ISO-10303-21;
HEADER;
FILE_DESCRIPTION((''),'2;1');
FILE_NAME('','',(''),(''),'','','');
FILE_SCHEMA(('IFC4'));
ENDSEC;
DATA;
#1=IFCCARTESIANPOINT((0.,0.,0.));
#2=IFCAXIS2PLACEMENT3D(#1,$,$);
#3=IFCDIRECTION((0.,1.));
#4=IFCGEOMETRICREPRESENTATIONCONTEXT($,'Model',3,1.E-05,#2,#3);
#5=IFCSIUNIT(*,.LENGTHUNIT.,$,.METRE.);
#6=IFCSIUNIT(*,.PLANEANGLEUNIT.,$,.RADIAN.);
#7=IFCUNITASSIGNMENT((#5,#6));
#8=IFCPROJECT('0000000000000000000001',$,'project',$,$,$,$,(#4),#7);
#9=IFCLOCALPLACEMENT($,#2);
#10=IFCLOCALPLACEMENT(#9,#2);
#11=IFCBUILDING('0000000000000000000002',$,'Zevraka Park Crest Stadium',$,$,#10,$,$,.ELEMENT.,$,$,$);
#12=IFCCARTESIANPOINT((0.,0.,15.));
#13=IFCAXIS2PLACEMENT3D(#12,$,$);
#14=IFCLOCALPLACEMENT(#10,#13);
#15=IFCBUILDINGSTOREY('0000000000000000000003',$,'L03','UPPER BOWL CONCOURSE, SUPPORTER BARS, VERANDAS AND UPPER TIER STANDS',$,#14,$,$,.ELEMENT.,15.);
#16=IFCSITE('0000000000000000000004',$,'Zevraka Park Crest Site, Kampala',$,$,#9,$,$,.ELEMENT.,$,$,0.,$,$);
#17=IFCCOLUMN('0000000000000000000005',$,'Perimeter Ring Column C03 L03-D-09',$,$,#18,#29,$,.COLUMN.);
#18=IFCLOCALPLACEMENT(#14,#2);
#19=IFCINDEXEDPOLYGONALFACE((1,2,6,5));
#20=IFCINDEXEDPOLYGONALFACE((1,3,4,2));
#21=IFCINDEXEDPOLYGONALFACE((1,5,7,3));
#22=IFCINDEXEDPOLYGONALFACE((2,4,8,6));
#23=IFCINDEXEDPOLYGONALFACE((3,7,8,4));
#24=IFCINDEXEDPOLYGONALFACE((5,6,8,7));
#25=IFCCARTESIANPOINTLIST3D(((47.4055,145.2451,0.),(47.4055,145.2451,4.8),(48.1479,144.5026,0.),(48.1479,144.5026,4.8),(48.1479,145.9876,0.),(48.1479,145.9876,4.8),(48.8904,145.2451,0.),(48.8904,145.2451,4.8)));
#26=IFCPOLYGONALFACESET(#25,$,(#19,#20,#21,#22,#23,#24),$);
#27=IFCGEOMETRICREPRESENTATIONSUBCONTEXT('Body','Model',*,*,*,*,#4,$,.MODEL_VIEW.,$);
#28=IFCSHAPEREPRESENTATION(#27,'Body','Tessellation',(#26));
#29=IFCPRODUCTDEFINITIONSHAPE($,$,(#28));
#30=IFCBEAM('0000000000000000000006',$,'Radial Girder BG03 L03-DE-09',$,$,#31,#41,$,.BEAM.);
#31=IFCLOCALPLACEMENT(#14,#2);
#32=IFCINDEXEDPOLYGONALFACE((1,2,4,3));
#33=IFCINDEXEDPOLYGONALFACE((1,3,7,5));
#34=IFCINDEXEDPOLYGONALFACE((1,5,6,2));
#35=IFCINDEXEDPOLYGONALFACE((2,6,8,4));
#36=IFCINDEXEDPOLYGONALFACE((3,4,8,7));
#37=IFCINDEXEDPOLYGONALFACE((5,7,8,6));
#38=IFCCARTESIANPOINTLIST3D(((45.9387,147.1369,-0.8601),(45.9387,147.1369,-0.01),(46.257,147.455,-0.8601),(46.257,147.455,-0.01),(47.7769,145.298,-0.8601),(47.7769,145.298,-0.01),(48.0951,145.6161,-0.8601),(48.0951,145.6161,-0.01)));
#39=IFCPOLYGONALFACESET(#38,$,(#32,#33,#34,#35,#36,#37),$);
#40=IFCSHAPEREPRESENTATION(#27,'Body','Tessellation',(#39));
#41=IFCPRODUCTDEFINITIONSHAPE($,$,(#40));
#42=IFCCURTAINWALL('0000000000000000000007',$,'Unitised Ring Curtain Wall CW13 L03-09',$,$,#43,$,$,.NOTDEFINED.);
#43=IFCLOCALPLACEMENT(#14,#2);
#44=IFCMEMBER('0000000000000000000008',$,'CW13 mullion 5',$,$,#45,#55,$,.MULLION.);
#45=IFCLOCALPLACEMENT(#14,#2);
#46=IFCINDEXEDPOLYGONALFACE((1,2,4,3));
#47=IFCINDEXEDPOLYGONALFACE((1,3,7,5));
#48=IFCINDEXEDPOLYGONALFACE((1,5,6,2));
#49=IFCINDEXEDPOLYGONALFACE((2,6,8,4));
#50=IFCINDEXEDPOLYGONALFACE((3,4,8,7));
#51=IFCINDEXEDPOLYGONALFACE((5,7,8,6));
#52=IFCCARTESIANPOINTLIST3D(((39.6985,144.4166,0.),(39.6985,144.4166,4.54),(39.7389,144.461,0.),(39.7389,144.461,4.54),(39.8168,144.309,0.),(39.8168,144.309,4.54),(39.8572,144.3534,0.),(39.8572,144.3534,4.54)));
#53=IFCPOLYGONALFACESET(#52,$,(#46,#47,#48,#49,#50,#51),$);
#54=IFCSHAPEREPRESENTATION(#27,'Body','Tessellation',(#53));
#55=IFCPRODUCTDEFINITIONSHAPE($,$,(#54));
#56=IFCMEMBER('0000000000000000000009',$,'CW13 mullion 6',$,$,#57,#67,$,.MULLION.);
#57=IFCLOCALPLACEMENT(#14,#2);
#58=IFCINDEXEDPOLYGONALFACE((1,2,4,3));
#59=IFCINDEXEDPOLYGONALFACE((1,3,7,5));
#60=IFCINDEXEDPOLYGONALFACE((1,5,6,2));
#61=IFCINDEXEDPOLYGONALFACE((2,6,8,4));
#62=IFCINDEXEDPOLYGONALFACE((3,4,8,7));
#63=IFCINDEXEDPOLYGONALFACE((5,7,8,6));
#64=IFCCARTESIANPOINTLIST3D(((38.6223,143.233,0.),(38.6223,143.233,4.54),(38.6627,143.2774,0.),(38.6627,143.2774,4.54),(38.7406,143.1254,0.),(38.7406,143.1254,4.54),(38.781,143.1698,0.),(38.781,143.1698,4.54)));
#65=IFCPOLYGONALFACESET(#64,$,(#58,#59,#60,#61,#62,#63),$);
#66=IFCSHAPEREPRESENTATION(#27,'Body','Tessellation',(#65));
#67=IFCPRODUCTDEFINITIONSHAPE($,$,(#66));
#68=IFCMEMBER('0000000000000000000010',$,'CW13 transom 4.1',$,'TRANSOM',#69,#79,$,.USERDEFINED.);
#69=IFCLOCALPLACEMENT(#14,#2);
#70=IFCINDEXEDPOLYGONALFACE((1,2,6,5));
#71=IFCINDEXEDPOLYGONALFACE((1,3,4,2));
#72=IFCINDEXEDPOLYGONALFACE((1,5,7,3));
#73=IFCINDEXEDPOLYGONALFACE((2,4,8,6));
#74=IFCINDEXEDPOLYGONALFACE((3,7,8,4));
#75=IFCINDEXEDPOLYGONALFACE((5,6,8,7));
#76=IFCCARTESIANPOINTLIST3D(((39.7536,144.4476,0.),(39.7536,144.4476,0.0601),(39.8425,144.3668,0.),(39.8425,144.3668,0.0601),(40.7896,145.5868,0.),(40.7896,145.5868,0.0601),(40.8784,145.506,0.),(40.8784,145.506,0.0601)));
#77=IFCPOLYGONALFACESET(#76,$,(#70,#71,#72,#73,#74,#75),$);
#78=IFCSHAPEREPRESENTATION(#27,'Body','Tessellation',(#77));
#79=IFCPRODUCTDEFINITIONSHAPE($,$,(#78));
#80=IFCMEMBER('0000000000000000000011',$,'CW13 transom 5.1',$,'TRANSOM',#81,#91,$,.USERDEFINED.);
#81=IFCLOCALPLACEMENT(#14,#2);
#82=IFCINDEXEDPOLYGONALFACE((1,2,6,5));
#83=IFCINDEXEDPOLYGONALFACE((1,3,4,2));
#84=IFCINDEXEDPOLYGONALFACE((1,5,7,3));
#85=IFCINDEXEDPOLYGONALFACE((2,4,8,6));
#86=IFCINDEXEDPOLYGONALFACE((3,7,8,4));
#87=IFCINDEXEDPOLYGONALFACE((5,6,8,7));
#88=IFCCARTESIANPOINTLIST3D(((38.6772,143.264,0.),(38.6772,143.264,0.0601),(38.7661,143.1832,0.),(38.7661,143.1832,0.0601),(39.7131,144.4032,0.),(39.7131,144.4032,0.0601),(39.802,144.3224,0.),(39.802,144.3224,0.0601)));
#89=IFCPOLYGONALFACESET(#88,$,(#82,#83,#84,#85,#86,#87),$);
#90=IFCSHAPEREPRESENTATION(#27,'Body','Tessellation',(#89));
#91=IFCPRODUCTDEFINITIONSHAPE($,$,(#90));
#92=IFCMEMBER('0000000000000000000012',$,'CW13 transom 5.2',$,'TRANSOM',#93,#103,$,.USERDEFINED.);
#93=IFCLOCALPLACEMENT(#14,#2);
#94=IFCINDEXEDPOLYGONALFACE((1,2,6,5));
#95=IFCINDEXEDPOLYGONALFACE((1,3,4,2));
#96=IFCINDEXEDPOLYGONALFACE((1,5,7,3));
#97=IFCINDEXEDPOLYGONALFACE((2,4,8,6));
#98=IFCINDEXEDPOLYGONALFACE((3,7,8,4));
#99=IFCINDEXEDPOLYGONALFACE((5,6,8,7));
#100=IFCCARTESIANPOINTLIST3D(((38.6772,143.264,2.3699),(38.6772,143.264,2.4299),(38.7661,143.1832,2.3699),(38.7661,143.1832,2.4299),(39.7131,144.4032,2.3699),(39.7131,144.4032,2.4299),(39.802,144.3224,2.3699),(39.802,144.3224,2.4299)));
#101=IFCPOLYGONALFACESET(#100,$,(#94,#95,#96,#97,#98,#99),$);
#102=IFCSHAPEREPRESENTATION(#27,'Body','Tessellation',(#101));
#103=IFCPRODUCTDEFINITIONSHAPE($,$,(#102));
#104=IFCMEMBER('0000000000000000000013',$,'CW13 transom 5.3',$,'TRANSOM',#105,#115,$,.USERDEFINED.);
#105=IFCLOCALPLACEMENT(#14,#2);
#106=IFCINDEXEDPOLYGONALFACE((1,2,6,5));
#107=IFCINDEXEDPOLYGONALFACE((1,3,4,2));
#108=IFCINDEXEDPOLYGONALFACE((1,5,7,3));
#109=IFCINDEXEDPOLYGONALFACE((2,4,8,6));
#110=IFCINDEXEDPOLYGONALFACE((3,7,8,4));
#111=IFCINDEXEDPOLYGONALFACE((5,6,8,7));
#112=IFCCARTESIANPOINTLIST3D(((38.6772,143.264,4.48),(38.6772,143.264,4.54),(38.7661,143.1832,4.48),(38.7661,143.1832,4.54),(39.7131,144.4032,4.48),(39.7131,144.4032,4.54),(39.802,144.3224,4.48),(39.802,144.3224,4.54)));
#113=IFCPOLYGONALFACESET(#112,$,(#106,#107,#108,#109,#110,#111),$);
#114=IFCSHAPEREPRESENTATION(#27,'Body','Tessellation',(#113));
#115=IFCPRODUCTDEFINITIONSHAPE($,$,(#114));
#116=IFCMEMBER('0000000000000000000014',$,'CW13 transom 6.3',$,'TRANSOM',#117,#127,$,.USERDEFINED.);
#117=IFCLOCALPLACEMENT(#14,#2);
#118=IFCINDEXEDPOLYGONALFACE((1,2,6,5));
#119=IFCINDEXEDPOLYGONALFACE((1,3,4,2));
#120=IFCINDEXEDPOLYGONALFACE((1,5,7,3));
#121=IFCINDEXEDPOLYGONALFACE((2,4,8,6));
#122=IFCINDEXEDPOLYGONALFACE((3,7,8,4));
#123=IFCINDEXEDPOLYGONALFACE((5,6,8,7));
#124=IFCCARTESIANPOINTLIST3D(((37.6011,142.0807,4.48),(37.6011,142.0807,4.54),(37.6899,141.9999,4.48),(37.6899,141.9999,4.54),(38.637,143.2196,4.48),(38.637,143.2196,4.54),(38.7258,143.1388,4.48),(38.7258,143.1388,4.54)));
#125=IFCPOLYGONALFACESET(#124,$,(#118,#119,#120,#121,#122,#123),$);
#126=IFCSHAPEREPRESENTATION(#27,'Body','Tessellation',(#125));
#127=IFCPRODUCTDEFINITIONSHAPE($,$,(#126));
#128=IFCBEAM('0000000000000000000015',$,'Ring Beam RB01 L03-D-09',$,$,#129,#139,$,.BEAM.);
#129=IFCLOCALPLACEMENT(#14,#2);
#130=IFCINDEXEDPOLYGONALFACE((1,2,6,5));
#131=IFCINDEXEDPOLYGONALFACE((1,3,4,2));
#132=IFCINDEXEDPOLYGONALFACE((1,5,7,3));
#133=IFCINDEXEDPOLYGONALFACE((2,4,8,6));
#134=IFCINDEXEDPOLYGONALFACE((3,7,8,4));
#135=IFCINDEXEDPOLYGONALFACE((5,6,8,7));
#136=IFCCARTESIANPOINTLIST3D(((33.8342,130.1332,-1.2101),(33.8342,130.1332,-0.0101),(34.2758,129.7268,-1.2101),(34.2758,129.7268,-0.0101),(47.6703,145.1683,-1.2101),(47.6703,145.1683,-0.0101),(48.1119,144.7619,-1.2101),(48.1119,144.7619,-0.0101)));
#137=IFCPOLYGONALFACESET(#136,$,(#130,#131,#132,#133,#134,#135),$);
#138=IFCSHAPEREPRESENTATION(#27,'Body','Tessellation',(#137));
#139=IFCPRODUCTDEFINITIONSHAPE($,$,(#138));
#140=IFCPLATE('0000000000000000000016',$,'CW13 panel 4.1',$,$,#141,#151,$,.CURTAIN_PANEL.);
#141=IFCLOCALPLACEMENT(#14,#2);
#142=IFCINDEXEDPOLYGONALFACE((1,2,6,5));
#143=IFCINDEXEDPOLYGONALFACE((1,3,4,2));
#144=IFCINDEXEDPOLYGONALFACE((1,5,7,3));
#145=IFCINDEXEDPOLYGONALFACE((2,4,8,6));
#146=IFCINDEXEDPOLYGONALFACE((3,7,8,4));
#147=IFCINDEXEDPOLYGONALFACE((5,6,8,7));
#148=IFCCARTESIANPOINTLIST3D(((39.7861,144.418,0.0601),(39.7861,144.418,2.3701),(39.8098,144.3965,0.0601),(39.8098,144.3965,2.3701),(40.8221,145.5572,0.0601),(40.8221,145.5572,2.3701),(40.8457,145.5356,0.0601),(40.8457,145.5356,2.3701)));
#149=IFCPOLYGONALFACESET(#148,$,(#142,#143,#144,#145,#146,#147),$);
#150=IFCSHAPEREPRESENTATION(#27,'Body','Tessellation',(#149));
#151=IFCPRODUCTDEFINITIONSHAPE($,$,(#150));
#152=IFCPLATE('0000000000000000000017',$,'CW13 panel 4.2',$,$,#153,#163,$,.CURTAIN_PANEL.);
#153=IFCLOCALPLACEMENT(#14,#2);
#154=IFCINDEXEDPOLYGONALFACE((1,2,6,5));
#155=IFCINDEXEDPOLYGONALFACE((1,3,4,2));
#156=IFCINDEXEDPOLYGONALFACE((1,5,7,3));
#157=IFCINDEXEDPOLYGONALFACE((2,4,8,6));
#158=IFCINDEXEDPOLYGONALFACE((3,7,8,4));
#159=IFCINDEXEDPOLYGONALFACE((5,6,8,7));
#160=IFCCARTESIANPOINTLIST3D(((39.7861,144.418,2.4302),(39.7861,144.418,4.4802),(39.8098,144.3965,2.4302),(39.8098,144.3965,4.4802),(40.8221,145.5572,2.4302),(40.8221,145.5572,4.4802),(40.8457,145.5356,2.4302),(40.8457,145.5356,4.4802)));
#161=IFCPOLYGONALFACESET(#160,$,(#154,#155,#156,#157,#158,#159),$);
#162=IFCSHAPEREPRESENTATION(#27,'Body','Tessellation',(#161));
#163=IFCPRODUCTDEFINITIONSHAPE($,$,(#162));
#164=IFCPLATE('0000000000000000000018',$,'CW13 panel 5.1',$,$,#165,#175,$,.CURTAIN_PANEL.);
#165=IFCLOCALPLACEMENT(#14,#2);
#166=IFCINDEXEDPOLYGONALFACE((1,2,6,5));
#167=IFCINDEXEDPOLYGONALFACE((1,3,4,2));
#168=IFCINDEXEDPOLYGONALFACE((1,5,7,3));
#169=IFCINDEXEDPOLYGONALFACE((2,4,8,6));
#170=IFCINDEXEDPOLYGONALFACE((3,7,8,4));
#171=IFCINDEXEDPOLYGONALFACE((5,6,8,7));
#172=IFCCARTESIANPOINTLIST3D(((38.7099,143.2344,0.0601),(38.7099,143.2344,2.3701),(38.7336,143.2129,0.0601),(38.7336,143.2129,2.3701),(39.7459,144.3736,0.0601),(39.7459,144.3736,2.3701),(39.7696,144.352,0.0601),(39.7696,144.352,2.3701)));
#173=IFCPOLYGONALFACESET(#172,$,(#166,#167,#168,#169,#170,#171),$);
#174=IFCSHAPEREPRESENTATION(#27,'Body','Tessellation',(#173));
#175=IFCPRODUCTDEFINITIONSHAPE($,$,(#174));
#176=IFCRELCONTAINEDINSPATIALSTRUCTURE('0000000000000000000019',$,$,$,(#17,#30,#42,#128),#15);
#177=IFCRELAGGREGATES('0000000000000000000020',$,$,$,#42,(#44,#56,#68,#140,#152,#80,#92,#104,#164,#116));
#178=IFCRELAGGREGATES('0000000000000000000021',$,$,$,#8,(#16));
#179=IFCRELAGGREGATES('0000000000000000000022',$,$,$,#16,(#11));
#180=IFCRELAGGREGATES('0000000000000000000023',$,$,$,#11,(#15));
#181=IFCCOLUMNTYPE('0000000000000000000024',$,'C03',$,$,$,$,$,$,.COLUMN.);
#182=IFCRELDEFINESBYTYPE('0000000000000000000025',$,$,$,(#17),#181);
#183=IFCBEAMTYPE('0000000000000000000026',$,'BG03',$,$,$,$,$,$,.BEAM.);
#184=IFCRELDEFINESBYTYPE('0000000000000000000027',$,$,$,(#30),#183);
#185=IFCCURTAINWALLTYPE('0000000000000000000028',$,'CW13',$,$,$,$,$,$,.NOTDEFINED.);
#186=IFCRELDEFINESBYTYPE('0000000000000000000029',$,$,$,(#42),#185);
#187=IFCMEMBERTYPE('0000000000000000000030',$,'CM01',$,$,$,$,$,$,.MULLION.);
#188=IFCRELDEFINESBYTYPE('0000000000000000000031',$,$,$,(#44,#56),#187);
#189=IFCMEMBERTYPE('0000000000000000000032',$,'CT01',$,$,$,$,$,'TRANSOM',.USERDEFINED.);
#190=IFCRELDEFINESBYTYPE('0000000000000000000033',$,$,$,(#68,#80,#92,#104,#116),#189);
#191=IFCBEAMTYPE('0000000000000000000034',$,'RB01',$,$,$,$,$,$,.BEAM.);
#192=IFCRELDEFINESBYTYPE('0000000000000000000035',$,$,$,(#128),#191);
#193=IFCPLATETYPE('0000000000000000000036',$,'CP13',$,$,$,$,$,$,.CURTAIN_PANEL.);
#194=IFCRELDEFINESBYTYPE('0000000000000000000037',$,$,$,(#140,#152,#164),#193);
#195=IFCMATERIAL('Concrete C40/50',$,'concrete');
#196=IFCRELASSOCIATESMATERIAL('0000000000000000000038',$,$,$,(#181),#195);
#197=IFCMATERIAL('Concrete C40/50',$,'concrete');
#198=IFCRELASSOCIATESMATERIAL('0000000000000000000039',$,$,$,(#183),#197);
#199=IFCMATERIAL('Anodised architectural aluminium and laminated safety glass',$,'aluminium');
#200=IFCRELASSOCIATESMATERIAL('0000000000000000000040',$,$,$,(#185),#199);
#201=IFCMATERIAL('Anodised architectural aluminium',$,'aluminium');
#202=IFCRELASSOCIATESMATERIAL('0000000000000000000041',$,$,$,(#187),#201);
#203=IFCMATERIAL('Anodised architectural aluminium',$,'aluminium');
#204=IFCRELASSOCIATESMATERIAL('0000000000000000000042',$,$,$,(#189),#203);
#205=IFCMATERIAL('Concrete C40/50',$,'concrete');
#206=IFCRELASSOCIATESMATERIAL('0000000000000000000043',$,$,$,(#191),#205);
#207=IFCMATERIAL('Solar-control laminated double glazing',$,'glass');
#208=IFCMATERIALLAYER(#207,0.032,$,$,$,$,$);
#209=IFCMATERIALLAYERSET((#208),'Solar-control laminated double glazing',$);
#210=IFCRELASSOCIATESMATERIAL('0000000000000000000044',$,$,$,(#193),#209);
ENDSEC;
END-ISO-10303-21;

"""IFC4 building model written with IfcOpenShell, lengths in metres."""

from ifc_helpers import new_model, si_unit, direction, frame, origin, origin_2d, place, context, subcontext, project, spatial, rectangle, extrude, material, layer, layer_set, material_profile, profile_set, type_object, element, aggregate, save


model = new_model("IFC4")

# Units and contexts
model_context = context("Model", 3, precision=1e-05, world=origin(), true_north=direction((0.0, 1.0)))
body_context = subcontext(model_context, "Body", "Model", "MODEL_VIEW")
ifc_project = project(units=[si_unit("LENGTHUNIT", "METRE"), si_unit("PLANEANGLEUNIT", "RADIAN")], contexts=[model_context])

# Site, building, storey
site_placement = place(None, origin())
site = spatial("IfcSite", under=ifc_project, at=site_placement, Name="Zevraka Park Crest Site, Kampala", CompositionType="ELEMENT", RefElevation=0.0)
building_placement = place(site_placement, origin())
building = spatial("IfcBuilding", under=site, at=building_placement, Name="Zevraka Park Crest Stadium", CompositionType="ELEMENT")
storey_placement = place(building_placement, frame((0.0, 0.0, 15.0)))
storey = spatial("IfcBuildingStorey", under=building, at=storey_placement, Name="L03", Description="UPPER BOWL CONCOURSE, SUPPORTER BARS, VERANDAS AND UPPER TIER STANDS", CompositionType="ELEMENT", Elevation=15.0)

# Column
ifc_material_1 = material(Name="Concrete C40/50", Category="concrete")
ifc_material_profile_1 = material_profile(ifc_material_1, rectangle(XDim=1.05, YDim=1.05, at=origin_2d()), Name="RC 1050x1050")
ifc_profile_set_1 = profile_set([ifc_material_profile_1], Name="Concrete C40/50")
column_type = type_object("IfcColumnType", Name="C03", PredefinedType="COLUMN", material=ifc_profile_set_1)
column_placement = place(storey_placement, frame((48.1479, 145.2451, 0.0), z_axis=(0.0, 0.0, 1.0), x_axis=(-0.707107, 0.707107, 0.0)))
element("IfcColumn", 1, at=column_placement, inside=storey, type_object=column_type, Name="Perimeter Ring Column C03 L03-D-09", PredefinedType="COLUMN", context=body_context, shape_type="SweptSolid", body=[
    extrude(rectangle(XDim=1.05, YDim=1.05, at=origin_2d()), origin(), (0.0, 0.0, 1.0), 4.8),
])

# Beam
ifc_material_2 = material(Name="Concrete C40/50", Category="concrete")
ifc_material_profile_2 = material_profile(ifc_material_2, rectangle(XDim=0.45, YDim=0.8501, at=origin_2d()), Name="RC 850x450")
ifc_profile_set_2 = profile_set([ifc_material_profile_2], Name="Concrete C40/50")
beam_type_1 = type_object("IfcBeamType", Name="BG03", PredefinedType="BEAM", material=ifc_profile_set_2)
beam_1_placement = place(storey_placement, frame((47.936, 145.457, -0.4351), z_axis=(-0.706966, 0.707248, 0.0), x_axis=(-0.707248, -0.706966, 0.0)))
element("IfcBeam", 2, at=beam_1_placement, inside=storey, type_object=beam_type_1, Name="Radial Girder BG03 L03-DE-09", PredefinedType="BEAM", context=body_context, shape_type="SweptSolid", body=[
    extrude(rectangle(XDim=0.45, YDim=0.8501, at=origin_2d()), origin(), (0.0, 0.0, 1.0), 2.6001),
])

# Curtain wall, members
ifc_material_3 = material(Name="Anodised architectural aluminium and laminated safety glass", Category="aluminium")
curtain_wall_type = type_object("IfcCurtainWallType", Name="CW13", PredefinedType="NOTDEFINED", material=ifc_material_3)
curtain_wall_placement = place(storey_placement, origin())
curtain_wall = element("IfcCurtainWall", 3, at=curtain_wall_placement, inside=storey, type_object=curtain_wall_type, Name="Unitised Ring Curtain Wall CW13 L03-09", PredefinedType="NOTDEFINED")
ifc_material_4 = material(Name="Anodised architectural aluminium", Category="aluminium")
ifc_material_profile_3 = material_profile(ifc_material_4, rectangle(XDim=0.1599, YDim=0.0601, at=origin_2d()), Name="ALU MULLION 160x60")
ifc_profile_set_3 = profile_set([ifc_material_profile_3], Name="Anodised architectural aluminium")
member_type_1 = type_object("IfcMemberType", Name="CM01", PredefinedType="MULLION", material=ifc_profile_set_3)
member_1_placement = place(storey_placement, frame((39.7778, 144.385, 0.0), z_axis=(0.0, 0.0, 1.0), x_axis=(0.739823, -0.672802, 0.0)))
member_1 = element("IfcMember", 4, at=member_1_placement, type_object=member_type_1, Name="CW13 mullion 5", PredefinedType="MULLION", context=body_context, shape_type="SweptSolid", body=[
    extrude(rectangle(XDim=0.1599, YDim=0.0601, at=origin_2d()), origin(), (0.0, 0.0, 1.0), 4.54),
])
member_2_placement = place(storey_placement, frame((38.7017, 143.2014, 0.0), z_axis=(0.0, 0.0, 1.0), x_axis=(0.739823, -0.672802, 0.0)))
member_2 = element("IfcMember", 5, at=member_2_placement, type_object=member_type_1, Name="CW13 mullion 6", PredefinedType="MULLION", context=body_context, shape_type="SweptSolid", body=[
    extrude(rectangle(XDim=0.1599, YDim=0.0601, at=origin_2d()), origin(), (0.0, 0.0, 1.0), 4.54),
])
ifc_material_5 = material(Name="Anodised architectural aluminium", Category="aluminium")
ifc_material_profile_4 = material_profile(ifc_material_5, rectangle(XDim=0.1201, YDim=0.0601, at=origin_2d()), Name="ALU TRANSOM 120x60")
ifc_profile_set_4 = profile_set([ifc_material_profile_4], Name="Anodised architectural aluminium")
member_type_2 = type_object("IfcMemberType", Name="CT01", ElementType="TRANSOM", PredefinedType="USERDEFINED", material=ifc_profile_set_4)
member_3_placement = place(storey_placement, frame((40.834, 145.5464, 0.03), z_axis=(-0.672775, -0.739847, 0.0), x_axis=(0.739847, -0.672775, 0.0)))
member_3 = element("IfcMember", 6, at=member_3_placement, type_object=member_type_2, Name="CW13 transom 4.1", ObjectType="TRANSOM", PredefinedType="USERDEFINED", context=body_context, shape_type="SweptSolid", body=[
    extrude(rectangle(XDim=0.1201, YDim=0.0601, at=origin_2d()), origin(), (0.0, 0.0, 1.0), 1.5398),
])
member_4_placement = place(storey_placement, frame((39.7576, 144.3628, 0.03), z_axis=(-0.672775, -0.739847, 0.0), x_axis=(0.739847, -0.672775, 0.0)))
member_4 = element("IfcMember", 7, at=member_4_placement, type_object=member_type_2, Name="CW13 transom 5.1", ObjectType="TRANSOM", PredefinedType="USERDEFINED", context=body_context, shape_type="SweptSolid", body=[
    extrude(rectangle(XDim=0.1201, YDim=0.0601, at=origin_2d()), origin(), (0.0, 0.0, 1.0), 1.5398),
])
member_5_placement = place(storey_placement, frame((39.7576, 144.3628, 2.3999), z_axis=(-0.672775, -0.739847, 0.0), x_axis=(0.739847, -0.672775, 0.0)))
member_5 = element("IfcMember", 8, at=member_5_placement, type_object=member_type_2, Name="CW13 transom 5.2", ObjectType="TRANSOM", PredefinedType="USERDEFINED", context=body_context, shape_type="SweptSolid", body=[
    extrude(rectangle(XDim=0.1201, YDim=0.0601, at=origin_2d()), origin(), (0.0, 0.0, 1.0), 1.5398),
])
member_6_placement = place(storey_placement, frame((39.7576, 144.3628, 4.51), z_axis=(-0.672775, -0.739847, 0.0), x_axis=(0.739847, -0.672775, 0.0)))
member_6 = element("IfcMember", 9, at=member_6_placement, type_object=member_type_2, Name="CW13 transom 5.3", ObjectType="TRANSOM", PredefinedType="USERDEFINED", context=body_context, shape_type="SweptSolid", body=[
    extrude(rectangle(XDim=0.1201, YDim=0.0601, at=origin_2d()), origin(), (0.0, 0.0, 1.0), 1.5398),
])
member_7_placement = place(storey_placement, frame((38.6814, 143.1792, 4.51), z_axis=(-0.672854, -0.739775, 0.0), x_axis=(0.739775, -0.672854, 0.0)))
member_7 = element("IfcMember", 10, at=member_7_placement, type_object=member_type_2, Name="CW13 transom 6.3", ObjectType="TRANSOM", PredefinedType="USERDEFINED", context=body_context, shape_type="SweptSolid", body=[
    extrude(rectangle(XDim=0.1201, YDim=0.0601, at=origin_2d()), origin(), (0.0, 0.0, 1.0), 1.5396),
])

# Beam
ifc_material_6 = material(Name="Concrete C40/50", Category="concrete")
ifc_material_profile_5 = material_profile(ifc_material_6, rectangle(XDim=0.6001, YDim=1.2, at=origin_2d()), Name="RC 1200x600")
ifc_profile_set_5 = profile_set([ifc_material_profile_5], Name="Concrete C40/50")
beam_type_2 = type_object("IfcBeamType", Name="RB01", PredefinedType="BEAM", material=ifc_profile_set_5)
beam_2_placement = place(storey_placement, frame((47.8911, 144.9651, -0.6101), z_axis=(-0.677158, -0.735837, 0.0), x_axis=(0.735837, -0.677158, 0.0)))
element("IfcBeam", 11, at=beam_2_placement, inside=storey, type_object=beam_type_2, Name="Ring Beam RB01 L03-D-09", PredefinedType="BEAM", context=body_context, shape_type="SweptSolid", body=[
    extrude(rectangle(XDim=0.6001, YDim=1.2, at=origin_2d()), origin(), (0.0, 0.0, 1.0), 20.4326),
])

# Plates
ifc_material_7 = material(Name="Solar-control laminated double glazing", Category="glass")
ifc_layer_1 = layer(ifc_material_7, 0.032)
ifc_layer_set_1 = layer_set([ifc_layer_1], Name="Solar-control laminated double glazing")
plate_type = type_object("IfcPlateType", Name="CP13", PredefinedType="CURTAIN_PANEL", material=ifc_layer_set_1)
plate_1_placement = place(storey_placement, frame((40.3159, 144.9768, 0.0601), z_axis=(0.0, 0.0, 1.0), x_axis=(-0.672802, -0.739823, 0.0)))
plate_1 = element("IfcPlate", 12, at=plate_1_placement, type_object=plate_type, Name="CW13 panel 4.1", PredefinedType="CURTAIN_PANEL", context=body_context, shape_type="SweptSolid", body=[
    extrude(rectangle(XDim=1.5398, YDim=0.032, at=origin_2d()), origin(), (0.0, 0.0, 1.0), 2.3101),
])
plate_2_placement = place(storey_placement, frame((40.3159, 144.9768, 2.4302), z_axis=(0.0, 0.0, 1.0), x_axis=(-0.672802, -0.739823, 0.0)))
plate_2 = element("IfcPlate", 13, at=plate_2_placement, type_object=plate_type, Name="CW13 panel 4.2", PredefinedType="CURTAIN_PANEL", context=body_context, shape_type="SweptSolid", body=[
    extrude(rectangle(XDim=1.5398, YDim=0.032, at=origin_2d()), origin(), (0.0, 0.0, 1.0), 2.05),
])
plate_3_placement = place(storey_placement, frame((39.2397, 143.7932, 0.0601), z_axis=(0.0, 0.0, 1.0), x_axis=(-0.672802, -0.739823, 0.0)))
plate_3 = element("IfcPlate", 14, at=plate_3_placement, type_object=plate_type, Name="CW13 panel 5.1", PredefinedType="CURTAIN_PANEL", context=body_context, shape_type="SweptSolid", body=[
    extrude(rectangle(XDim=1.5398, YDim=0.032, at=origin_2d()), origin(), (0.0, 0.0, 1.0), 2.3101),
])
aggregate(curtain_wall, [member_1, member_2, member_3, plate_1, plate_2, member_4, member_5, member_6, plate_3, member_7])

save(model, "model.ifc")
